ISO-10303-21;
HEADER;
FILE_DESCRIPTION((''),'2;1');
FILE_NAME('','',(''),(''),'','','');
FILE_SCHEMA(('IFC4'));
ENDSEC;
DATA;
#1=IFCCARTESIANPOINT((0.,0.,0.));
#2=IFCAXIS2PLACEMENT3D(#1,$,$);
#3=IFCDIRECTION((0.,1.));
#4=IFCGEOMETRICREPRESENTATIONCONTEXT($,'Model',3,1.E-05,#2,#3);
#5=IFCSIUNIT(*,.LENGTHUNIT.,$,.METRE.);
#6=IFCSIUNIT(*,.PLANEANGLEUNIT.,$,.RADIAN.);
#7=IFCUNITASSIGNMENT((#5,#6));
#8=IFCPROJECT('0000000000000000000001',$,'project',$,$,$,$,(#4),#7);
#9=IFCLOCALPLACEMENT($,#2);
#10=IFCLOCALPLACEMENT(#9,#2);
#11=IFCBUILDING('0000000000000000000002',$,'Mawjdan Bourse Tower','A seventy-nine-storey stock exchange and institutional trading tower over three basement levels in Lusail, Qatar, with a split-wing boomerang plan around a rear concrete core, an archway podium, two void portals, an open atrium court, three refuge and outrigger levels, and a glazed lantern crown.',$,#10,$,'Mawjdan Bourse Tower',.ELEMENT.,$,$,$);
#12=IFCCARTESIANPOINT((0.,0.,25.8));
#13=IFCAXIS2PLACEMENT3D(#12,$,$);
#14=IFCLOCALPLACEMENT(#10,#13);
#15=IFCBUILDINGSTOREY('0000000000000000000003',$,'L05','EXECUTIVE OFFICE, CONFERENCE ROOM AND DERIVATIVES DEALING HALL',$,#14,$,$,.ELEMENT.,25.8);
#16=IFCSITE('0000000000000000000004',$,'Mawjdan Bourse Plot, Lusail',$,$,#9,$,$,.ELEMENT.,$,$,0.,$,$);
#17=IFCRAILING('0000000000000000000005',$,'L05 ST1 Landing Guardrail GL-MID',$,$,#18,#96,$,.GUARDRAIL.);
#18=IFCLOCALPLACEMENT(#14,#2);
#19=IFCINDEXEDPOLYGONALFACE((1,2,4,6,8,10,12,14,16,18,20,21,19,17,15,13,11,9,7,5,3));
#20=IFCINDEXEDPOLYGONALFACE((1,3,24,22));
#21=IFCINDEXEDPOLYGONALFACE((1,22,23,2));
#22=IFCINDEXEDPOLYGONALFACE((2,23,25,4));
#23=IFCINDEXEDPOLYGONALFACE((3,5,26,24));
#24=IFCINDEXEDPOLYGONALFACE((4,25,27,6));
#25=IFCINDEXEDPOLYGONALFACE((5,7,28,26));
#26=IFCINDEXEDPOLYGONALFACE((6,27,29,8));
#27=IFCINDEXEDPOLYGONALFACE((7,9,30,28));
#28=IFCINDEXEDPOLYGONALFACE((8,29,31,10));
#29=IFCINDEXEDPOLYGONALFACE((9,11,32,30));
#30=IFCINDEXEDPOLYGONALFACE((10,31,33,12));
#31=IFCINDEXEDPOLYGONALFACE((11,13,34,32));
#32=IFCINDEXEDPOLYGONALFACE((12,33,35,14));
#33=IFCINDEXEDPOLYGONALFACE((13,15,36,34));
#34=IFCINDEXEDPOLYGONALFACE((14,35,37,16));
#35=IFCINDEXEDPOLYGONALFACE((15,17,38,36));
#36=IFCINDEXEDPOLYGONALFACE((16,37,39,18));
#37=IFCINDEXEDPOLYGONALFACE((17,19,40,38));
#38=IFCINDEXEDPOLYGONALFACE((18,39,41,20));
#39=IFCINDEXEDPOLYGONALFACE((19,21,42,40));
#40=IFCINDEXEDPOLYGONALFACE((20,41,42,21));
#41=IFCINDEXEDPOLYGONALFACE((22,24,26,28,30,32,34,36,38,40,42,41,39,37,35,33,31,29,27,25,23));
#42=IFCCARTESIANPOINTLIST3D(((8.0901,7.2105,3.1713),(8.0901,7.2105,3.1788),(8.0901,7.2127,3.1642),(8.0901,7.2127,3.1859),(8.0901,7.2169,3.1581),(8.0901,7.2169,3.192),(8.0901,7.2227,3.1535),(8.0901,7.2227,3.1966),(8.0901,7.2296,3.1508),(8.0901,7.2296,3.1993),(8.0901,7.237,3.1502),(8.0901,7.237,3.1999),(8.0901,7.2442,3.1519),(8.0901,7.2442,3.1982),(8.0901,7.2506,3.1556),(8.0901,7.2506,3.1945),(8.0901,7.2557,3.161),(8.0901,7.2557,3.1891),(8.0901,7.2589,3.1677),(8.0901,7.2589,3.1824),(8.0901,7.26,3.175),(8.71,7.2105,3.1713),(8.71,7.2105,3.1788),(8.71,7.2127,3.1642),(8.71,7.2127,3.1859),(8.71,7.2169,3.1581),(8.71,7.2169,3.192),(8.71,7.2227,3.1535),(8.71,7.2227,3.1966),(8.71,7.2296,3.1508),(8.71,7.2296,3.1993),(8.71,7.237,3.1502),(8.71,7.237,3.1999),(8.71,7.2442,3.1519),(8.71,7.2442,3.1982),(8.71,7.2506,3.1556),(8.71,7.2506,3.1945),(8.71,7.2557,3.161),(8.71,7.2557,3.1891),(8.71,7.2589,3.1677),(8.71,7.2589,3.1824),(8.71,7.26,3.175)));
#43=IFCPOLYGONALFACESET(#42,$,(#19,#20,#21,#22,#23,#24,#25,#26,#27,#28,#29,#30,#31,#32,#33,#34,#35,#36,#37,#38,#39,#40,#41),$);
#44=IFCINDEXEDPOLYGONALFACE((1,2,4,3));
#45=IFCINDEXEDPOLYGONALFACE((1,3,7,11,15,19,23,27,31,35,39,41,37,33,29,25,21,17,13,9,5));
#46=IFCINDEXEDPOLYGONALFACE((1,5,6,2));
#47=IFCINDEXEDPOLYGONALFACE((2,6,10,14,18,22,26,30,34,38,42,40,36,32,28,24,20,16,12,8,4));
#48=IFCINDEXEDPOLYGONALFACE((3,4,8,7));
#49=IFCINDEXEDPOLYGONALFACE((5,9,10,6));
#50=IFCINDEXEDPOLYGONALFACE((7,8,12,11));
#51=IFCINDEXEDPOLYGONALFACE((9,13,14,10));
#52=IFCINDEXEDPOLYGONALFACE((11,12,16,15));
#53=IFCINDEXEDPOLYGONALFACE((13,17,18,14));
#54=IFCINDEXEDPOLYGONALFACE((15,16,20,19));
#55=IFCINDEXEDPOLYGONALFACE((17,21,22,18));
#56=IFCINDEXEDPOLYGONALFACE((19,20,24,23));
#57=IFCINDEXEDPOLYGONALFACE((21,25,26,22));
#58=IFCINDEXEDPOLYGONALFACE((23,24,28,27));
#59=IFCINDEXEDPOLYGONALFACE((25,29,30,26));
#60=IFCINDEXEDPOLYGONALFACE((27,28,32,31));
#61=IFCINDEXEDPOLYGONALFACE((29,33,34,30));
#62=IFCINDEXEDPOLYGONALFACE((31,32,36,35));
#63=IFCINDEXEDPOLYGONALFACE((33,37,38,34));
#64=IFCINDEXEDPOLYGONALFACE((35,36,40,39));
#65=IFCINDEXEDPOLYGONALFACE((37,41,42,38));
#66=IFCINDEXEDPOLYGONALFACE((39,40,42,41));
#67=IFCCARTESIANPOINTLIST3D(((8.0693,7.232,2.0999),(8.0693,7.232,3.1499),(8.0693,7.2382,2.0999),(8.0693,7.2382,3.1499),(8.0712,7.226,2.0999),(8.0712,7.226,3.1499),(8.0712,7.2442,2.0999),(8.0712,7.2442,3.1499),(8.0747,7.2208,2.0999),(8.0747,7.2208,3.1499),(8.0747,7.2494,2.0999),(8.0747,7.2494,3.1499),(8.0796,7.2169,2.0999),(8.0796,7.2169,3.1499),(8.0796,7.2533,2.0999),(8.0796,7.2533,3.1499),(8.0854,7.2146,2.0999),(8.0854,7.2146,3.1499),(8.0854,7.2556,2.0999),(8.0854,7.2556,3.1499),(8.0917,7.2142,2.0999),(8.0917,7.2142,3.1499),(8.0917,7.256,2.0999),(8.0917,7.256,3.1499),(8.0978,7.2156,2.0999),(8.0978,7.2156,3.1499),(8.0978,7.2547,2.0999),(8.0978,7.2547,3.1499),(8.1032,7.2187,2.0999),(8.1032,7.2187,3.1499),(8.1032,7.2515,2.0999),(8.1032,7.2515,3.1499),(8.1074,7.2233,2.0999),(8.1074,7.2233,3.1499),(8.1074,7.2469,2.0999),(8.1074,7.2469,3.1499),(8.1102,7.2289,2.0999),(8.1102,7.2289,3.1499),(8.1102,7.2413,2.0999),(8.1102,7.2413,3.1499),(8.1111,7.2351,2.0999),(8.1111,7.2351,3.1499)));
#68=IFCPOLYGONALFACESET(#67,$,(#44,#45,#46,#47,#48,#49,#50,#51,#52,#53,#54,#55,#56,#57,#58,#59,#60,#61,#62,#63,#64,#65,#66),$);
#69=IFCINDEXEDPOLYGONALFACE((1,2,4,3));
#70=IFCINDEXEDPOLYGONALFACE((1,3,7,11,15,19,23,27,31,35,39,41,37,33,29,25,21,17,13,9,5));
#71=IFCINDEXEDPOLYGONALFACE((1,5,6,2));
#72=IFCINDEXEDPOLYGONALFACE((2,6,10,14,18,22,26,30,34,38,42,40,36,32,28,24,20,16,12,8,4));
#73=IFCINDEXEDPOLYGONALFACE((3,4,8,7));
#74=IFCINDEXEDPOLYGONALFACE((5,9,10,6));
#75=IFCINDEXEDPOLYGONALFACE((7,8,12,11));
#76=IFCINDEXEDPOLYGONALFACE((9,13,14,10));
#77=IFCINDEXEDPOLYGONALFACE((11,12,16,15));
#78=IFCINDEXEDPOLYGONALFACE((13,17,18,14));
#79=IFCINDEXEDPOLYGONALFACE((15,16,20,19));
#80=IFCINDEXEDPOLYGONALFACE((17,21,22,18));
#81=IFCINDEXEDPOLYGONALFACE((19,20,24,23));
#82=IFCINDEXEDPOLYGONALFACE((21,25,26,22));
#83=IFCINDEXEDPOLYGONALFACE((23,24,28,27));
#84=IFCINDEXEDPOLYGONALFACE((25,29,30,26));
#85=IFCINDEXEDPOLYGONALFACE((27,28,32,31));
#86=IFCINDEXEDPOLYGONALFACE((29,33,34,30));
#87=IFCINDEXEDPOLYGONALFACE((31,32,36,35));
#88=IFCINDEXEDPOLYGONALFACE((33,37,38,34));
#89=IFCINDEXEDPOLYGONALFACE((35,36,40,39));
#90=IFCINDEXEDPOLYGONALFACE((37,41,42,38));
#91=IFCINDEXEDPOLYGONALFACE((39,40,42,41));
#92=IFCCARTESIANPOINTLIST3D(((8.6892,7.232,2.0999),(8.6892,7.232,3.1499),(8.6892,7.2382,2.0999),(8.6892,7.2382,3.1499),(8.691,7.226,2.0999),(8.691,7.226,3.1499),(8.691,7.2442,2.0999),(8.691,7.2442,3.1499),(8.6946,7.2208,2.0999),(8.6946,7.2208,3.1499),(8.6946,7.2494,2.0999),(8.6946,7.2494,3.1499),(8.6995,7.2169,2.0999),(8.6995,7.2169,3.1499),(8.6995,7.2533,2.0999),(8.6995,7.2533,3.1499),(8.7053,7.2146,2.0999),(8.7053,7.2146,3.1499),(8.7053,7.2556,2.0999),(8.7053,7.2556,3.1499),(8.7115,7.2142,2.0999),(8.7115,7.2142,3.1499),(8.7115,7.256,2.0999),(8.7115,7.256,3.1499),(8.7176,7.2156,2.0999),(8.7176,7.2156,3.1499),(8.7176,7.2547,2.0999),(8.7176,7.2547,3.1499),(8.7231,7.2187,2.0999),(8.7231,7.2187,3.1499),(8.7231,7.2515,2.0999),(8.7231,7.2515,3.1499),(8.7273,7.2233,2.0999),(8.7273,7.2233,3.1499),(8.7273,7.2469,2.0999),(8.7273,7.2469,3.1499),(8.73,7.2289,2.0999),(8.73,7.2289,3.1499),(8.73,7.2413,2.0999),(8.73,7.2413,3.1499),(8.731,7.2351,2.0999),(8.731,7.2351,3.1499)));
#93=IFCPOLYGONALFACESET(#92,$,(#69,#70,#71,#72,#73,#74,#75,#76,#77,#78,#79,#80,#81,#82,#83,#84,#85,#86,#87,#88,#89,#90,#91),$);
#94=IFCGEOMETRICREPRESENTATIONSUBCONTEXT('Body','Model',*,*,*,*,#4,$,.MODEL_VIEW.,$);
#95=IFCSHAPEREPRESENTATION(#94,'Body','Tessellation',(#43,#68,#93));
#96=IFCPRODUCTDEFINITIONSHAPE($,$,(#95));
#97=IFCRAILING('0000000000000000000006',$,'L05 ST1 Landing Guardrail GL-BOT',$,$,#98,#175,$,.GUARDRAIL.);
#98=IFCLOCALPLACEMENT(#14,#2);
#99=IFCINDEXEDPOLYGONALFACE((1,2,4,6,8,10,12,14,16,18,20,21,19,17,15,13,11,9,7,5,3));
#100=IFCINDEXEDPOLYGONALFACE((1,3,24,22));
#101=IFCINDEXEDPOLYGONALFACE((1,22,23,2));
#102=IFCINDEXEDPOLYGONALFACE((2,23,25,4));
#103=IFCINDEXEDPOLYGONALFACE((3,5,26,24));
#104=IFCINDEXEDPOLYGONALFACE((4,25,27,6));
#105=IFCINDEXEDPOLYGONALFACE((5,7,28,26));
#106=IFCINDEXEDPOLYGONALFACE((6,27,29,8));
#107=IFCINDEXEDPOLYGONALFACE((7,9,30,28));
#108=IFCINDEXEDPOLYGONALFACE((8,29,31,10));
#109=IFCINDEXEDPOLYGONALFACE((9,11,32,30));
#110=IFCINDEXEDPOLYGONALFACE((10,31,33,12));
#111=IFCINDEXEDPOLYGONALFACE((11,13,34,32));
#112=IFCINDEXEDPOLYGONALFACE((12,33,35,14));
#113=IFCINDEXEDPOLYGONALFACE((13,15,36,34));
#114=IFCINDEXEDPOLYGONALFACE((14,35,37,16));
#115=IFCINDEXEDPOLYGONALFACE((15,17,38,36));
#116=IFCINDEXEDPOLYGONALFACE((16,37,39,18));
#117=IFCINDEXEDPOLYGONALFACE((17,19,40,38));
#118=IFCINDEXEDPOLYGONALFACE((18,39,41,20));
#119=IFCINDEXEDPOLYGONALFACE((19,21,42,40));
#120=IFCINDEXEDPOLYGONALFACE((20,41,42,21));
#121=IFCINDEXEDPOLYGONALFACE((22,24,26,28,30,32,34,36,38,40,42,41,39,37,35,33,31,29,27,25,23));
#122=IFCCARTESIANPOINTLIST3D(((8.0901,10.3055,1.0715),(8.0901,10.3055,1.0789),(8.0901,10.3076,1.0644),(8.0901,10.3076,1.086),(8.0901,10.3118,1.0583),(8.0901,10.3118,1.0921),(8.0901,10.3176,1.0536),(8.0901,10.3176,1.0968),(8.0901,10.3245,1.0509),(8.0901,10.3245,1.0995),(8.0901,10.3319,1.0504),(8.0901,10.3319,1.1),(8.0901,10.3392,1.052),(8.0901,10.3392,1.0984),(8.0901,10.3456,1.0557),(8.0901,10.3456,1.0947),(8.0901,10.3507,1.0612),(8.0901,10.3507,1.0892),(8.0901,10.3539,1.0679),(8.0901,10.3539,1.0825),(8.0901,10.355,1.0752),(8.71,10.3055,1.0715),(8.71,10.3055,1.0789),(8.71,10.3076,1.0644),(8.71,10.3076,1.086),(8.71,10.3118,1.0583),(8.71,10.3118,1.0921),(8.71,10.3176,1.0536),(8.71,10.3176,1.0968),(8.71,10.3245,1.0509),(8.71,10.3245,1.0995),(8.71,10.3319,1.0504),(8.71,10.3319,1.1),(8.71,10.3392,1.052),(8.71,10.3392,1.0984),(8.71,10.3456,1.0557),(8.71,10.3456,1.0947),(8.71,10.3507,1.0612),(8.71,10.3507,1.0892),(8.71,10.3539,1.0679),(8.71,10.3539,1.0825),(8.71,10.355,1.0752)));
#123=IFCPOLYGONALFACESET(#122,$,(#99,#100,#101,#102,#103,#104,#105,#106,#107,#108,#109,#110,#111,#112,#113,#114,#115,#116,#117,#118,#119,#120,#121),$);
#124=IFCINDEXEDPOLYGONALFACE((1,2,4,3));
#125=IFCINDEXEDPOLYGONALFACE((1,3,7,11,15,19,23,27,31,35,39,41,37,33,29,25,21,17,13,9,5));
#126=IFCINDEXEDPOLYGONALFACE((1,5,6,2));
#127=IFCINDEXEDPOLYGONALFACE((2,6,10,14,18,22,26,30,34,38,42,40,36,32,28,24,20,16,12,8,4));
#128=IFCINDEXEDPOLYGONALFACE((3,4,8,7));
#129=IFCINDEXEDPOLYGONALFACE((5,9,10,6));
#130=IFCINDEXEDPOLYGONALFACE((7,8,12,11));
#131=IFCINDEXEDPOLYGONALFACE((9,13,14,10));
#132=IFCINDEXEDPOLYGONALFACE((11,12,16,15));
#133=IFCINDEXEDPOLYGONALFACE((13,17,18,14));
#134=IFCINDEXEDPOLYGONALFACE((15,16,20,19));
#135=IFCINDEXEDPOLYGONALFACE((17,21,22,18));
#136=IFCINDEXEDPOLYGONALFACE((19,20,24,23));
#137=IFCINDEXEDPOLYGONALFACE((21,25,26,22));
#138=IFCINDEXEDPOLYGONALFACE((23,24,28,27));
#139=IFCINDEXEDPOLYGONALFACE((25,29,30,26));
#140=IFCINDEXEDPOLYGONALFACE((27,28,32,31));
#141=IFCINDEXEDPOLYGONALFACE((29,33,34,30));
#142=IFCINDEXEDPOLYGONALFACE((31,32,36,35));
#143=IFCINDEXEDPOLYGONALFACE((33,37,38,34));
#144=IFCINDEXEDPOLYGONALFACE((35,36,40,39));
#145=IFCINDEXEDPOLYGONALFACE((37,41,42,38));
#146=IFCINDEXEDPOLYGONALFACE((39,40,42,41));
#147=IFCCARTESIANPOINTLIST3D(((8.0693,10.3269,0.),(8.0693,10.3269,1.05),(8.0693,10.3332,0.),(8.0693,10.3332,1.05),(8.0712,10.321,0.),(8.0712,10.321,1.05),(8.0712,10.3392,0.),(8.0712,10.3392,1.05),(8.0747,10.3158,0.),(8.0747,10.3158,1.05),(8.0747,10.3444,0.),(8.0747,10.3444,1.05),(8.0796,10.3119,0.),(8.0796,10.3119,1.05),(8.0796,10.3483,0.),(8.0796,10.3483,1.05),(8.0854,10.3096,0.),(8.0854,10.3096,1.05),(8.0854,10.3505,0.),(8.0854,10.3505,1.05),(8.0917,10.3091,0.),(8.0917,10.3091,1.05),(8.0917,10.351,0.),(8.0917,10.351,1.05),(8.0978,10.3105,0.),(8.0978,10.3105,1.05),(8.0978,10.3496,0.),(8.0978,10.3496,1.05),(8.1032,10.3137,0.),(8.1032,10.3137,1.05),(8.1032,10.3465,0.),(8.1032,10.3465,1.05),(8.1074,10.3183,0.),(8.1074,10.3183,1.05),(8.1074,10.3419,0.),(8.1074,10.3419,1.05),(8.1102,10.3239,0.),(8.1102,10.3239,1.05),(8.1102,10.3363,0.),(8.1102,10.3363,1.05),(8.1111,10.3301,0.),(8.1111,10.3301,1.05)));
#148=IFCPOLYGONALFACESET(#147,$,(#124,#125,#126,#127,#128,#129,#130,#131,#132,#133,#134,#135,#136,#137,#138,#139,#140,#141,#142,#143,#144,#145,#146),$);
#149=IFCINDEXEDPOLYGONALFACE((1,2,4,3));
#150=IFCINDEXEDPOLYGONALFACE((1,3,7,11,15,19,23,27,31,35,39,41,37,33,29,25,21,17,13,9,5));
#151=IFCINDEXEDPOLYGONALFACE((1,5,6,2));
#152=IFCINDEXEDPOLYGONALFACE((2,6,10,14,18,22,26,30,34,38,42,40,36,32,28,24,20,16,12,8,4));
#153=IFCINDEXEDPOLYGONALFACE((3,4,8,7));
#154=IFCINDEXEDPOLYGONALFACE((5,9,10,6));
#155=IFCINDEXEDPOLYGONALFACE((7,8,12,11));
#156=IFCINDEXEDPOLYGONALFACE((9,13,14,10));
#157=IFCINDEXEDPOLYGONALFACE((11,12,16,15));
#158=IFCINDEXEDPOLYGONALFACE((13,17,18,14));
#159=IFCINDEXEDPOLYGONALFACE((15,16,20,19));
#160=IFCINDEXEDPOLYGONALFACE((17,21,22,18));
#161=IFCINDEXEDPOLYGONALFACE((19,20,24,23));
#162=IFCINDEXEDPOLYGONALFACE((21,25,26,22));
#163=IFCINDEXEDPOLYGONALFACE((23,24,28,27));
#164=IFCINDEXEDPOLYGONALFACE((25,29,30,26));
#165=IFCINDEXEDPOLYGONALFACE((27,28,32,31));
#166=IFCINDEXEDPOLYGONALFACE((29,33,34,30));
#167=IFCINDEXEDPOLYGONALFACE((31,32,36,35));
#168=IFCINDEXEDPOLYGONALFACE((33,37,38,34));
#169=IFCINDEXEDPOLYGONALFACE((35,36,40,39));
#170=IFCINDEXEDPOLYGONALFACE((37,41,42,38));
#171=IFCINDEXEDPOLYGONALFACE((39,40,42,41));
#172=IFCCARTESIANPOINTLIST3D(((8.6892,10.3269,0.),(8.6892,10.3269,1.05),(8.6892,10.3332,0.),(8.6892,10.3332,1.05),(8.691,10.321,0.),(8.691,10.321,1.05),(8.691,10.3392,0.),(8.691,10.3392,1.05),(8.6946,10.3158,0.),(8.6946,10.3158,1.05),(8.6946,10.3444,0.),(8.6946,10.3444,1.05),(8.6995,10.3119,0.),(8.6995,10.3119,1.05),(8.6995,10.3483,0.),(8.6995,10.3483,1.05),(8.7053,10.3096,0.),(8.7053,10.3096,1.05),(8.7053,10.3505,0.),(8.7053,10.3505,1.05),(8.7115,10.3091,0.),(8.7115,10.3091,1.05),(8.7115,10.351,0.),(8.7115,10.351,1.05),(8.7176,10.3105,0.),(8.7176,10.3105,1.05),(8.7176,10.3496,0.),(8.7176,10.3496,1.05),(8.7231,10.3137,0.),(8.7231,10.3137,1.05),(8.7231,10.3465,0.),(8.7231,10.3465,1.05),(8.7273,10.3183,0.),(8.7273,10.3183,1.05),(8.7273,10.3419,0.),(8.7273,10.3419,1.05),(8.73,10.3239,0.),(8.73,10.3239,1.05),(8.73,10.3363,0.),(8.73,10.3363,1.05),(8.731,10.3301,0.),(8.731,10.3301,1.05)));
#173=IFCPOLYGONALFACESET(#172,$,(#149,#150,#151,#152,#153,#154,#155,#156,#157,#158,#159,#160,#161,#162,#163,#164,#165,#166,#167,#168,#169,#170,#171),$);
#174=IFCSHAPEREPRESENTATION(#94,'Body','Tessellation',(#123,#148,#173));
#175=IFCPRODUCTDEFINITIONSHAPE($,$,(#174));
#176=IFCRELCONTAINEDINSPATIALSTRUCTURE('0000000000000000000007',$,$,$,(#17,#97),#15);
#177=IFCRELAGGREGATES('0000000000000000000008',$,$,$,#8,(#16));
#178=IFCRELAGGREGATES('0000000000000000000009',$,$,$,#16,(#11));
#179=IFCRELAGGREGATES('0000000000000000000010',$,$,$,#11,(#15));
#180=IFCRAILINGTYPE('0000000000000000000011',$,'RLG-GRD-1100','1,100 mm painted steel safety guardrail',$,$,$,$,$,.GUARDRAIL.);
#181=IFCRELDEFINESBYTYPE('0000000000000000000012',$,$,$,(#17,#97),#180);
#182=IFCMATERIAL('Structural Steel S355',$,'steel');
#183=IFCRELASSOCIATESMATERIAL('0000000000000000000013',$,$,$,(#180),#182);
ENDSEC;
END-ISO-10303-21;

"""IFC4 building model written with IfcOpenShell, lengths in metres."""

from ifc_helpers import new_model, si_unit, direction, frame, origin, origin_2d, place, context, subcontext, project, spatial, circle, extrude, material, type_object, element, save


model = new_model("IFC4")

# Units and contexts
model_context = context("Model", 3, precision=1e-05, world=origin(), true_north=direction((0.0, 1.0)))
body_context = subcontext(model_context, "Body", "Model", "MODEL_VIEW")
ifc_project = project(units=[si_unit("LENGTHUNIT", "METRE"), si_unit("PLANEANGLEUNIT", "RADIAN")], contexts=[model_context])

# Site, building, storey
site_placement = place(None, origin())
site = spatial("IfcSite", under=ifc_project, at=site_placement, Name="Mawjdan Bourse Plot, Lusail", CompositionType="ELEMENT", RefElevation=0.0)
building_placement = place(site_placement, origin())
building = spatial("IfcBuilding", under=site, at=building_placement, Name="Mawjdan Bourse Tower", Description="A seventy-nine-storey stock exchange and institutional trading tower over three basement levels in Lusail, Qatar, with a split-wing boomerang plan around a rear concrete core, an archway podium, two void portals, an open atrium court, three refuge and outrigger levels, and a glazed lantern crown.", LongName="Mawjdan Bourse Tower", CompositionType="ELEMENT")
storey_placement = place(building_placement, frame((0.0, 0.0, 25.8)))
storey = spatial("IfcBuildingStorey", under=building, at=storey_placement, Name="L05", Description="EXECUTIVE OFFICE, CONFERENCE ROOM AND DERIVATIVES DEALING HALL", CompositionType="ELEMENT", Elevation=25.8)

# Shared definitions
ifc_material_1 = material(Name="Structural Steel S355", Category="steel")

# Railings
railing_type_1 = type_object("IfcRailingType", Name="RLG-GRD-1100", Description="1,100 mm painted steel safety guardrail", PredefinedType="GUARDRAIL", material=ifc_material_1)
for number, where, name in (
    (1, (8.0901, 7.2351, 2.0999), "L05 ST1 Landing Guardrail GL-MID"),
    (2, (8.0901, 10.3301, 0.0), "L05 ST1 Landing Guardrail GL-BOT"),
):
    element("IfcRailing", number, at=place(storey_placement, frame(where)), inside=storey, type_object=railing_type_1, Name=name, PredefinedType="GUARDRAIL", context=body_context, shape_type="SweptSolid", body=[
        extrude(circle(Radius=0.0249, at=origin_2d()), frame((0.0, 0.0, 1.0752), z_axis=(1.0, 0.0, 0.0), x_axis=(0.0, 1.0, 0.0)), (0.0, 0.0, 1.0), 0.6199),
        extrude(circle(Radius=0.021, at=origin_2d()), origin(), (0.0, 0.0, 1.0), 1.05),
        extrude(circle(Radius=0.021, at=origin_2d()), frame((0.6199, 0.0, 0.0)), (0.0, 0.0, 1.0), 1.05),
    ])

save(model, "model.ifc")
